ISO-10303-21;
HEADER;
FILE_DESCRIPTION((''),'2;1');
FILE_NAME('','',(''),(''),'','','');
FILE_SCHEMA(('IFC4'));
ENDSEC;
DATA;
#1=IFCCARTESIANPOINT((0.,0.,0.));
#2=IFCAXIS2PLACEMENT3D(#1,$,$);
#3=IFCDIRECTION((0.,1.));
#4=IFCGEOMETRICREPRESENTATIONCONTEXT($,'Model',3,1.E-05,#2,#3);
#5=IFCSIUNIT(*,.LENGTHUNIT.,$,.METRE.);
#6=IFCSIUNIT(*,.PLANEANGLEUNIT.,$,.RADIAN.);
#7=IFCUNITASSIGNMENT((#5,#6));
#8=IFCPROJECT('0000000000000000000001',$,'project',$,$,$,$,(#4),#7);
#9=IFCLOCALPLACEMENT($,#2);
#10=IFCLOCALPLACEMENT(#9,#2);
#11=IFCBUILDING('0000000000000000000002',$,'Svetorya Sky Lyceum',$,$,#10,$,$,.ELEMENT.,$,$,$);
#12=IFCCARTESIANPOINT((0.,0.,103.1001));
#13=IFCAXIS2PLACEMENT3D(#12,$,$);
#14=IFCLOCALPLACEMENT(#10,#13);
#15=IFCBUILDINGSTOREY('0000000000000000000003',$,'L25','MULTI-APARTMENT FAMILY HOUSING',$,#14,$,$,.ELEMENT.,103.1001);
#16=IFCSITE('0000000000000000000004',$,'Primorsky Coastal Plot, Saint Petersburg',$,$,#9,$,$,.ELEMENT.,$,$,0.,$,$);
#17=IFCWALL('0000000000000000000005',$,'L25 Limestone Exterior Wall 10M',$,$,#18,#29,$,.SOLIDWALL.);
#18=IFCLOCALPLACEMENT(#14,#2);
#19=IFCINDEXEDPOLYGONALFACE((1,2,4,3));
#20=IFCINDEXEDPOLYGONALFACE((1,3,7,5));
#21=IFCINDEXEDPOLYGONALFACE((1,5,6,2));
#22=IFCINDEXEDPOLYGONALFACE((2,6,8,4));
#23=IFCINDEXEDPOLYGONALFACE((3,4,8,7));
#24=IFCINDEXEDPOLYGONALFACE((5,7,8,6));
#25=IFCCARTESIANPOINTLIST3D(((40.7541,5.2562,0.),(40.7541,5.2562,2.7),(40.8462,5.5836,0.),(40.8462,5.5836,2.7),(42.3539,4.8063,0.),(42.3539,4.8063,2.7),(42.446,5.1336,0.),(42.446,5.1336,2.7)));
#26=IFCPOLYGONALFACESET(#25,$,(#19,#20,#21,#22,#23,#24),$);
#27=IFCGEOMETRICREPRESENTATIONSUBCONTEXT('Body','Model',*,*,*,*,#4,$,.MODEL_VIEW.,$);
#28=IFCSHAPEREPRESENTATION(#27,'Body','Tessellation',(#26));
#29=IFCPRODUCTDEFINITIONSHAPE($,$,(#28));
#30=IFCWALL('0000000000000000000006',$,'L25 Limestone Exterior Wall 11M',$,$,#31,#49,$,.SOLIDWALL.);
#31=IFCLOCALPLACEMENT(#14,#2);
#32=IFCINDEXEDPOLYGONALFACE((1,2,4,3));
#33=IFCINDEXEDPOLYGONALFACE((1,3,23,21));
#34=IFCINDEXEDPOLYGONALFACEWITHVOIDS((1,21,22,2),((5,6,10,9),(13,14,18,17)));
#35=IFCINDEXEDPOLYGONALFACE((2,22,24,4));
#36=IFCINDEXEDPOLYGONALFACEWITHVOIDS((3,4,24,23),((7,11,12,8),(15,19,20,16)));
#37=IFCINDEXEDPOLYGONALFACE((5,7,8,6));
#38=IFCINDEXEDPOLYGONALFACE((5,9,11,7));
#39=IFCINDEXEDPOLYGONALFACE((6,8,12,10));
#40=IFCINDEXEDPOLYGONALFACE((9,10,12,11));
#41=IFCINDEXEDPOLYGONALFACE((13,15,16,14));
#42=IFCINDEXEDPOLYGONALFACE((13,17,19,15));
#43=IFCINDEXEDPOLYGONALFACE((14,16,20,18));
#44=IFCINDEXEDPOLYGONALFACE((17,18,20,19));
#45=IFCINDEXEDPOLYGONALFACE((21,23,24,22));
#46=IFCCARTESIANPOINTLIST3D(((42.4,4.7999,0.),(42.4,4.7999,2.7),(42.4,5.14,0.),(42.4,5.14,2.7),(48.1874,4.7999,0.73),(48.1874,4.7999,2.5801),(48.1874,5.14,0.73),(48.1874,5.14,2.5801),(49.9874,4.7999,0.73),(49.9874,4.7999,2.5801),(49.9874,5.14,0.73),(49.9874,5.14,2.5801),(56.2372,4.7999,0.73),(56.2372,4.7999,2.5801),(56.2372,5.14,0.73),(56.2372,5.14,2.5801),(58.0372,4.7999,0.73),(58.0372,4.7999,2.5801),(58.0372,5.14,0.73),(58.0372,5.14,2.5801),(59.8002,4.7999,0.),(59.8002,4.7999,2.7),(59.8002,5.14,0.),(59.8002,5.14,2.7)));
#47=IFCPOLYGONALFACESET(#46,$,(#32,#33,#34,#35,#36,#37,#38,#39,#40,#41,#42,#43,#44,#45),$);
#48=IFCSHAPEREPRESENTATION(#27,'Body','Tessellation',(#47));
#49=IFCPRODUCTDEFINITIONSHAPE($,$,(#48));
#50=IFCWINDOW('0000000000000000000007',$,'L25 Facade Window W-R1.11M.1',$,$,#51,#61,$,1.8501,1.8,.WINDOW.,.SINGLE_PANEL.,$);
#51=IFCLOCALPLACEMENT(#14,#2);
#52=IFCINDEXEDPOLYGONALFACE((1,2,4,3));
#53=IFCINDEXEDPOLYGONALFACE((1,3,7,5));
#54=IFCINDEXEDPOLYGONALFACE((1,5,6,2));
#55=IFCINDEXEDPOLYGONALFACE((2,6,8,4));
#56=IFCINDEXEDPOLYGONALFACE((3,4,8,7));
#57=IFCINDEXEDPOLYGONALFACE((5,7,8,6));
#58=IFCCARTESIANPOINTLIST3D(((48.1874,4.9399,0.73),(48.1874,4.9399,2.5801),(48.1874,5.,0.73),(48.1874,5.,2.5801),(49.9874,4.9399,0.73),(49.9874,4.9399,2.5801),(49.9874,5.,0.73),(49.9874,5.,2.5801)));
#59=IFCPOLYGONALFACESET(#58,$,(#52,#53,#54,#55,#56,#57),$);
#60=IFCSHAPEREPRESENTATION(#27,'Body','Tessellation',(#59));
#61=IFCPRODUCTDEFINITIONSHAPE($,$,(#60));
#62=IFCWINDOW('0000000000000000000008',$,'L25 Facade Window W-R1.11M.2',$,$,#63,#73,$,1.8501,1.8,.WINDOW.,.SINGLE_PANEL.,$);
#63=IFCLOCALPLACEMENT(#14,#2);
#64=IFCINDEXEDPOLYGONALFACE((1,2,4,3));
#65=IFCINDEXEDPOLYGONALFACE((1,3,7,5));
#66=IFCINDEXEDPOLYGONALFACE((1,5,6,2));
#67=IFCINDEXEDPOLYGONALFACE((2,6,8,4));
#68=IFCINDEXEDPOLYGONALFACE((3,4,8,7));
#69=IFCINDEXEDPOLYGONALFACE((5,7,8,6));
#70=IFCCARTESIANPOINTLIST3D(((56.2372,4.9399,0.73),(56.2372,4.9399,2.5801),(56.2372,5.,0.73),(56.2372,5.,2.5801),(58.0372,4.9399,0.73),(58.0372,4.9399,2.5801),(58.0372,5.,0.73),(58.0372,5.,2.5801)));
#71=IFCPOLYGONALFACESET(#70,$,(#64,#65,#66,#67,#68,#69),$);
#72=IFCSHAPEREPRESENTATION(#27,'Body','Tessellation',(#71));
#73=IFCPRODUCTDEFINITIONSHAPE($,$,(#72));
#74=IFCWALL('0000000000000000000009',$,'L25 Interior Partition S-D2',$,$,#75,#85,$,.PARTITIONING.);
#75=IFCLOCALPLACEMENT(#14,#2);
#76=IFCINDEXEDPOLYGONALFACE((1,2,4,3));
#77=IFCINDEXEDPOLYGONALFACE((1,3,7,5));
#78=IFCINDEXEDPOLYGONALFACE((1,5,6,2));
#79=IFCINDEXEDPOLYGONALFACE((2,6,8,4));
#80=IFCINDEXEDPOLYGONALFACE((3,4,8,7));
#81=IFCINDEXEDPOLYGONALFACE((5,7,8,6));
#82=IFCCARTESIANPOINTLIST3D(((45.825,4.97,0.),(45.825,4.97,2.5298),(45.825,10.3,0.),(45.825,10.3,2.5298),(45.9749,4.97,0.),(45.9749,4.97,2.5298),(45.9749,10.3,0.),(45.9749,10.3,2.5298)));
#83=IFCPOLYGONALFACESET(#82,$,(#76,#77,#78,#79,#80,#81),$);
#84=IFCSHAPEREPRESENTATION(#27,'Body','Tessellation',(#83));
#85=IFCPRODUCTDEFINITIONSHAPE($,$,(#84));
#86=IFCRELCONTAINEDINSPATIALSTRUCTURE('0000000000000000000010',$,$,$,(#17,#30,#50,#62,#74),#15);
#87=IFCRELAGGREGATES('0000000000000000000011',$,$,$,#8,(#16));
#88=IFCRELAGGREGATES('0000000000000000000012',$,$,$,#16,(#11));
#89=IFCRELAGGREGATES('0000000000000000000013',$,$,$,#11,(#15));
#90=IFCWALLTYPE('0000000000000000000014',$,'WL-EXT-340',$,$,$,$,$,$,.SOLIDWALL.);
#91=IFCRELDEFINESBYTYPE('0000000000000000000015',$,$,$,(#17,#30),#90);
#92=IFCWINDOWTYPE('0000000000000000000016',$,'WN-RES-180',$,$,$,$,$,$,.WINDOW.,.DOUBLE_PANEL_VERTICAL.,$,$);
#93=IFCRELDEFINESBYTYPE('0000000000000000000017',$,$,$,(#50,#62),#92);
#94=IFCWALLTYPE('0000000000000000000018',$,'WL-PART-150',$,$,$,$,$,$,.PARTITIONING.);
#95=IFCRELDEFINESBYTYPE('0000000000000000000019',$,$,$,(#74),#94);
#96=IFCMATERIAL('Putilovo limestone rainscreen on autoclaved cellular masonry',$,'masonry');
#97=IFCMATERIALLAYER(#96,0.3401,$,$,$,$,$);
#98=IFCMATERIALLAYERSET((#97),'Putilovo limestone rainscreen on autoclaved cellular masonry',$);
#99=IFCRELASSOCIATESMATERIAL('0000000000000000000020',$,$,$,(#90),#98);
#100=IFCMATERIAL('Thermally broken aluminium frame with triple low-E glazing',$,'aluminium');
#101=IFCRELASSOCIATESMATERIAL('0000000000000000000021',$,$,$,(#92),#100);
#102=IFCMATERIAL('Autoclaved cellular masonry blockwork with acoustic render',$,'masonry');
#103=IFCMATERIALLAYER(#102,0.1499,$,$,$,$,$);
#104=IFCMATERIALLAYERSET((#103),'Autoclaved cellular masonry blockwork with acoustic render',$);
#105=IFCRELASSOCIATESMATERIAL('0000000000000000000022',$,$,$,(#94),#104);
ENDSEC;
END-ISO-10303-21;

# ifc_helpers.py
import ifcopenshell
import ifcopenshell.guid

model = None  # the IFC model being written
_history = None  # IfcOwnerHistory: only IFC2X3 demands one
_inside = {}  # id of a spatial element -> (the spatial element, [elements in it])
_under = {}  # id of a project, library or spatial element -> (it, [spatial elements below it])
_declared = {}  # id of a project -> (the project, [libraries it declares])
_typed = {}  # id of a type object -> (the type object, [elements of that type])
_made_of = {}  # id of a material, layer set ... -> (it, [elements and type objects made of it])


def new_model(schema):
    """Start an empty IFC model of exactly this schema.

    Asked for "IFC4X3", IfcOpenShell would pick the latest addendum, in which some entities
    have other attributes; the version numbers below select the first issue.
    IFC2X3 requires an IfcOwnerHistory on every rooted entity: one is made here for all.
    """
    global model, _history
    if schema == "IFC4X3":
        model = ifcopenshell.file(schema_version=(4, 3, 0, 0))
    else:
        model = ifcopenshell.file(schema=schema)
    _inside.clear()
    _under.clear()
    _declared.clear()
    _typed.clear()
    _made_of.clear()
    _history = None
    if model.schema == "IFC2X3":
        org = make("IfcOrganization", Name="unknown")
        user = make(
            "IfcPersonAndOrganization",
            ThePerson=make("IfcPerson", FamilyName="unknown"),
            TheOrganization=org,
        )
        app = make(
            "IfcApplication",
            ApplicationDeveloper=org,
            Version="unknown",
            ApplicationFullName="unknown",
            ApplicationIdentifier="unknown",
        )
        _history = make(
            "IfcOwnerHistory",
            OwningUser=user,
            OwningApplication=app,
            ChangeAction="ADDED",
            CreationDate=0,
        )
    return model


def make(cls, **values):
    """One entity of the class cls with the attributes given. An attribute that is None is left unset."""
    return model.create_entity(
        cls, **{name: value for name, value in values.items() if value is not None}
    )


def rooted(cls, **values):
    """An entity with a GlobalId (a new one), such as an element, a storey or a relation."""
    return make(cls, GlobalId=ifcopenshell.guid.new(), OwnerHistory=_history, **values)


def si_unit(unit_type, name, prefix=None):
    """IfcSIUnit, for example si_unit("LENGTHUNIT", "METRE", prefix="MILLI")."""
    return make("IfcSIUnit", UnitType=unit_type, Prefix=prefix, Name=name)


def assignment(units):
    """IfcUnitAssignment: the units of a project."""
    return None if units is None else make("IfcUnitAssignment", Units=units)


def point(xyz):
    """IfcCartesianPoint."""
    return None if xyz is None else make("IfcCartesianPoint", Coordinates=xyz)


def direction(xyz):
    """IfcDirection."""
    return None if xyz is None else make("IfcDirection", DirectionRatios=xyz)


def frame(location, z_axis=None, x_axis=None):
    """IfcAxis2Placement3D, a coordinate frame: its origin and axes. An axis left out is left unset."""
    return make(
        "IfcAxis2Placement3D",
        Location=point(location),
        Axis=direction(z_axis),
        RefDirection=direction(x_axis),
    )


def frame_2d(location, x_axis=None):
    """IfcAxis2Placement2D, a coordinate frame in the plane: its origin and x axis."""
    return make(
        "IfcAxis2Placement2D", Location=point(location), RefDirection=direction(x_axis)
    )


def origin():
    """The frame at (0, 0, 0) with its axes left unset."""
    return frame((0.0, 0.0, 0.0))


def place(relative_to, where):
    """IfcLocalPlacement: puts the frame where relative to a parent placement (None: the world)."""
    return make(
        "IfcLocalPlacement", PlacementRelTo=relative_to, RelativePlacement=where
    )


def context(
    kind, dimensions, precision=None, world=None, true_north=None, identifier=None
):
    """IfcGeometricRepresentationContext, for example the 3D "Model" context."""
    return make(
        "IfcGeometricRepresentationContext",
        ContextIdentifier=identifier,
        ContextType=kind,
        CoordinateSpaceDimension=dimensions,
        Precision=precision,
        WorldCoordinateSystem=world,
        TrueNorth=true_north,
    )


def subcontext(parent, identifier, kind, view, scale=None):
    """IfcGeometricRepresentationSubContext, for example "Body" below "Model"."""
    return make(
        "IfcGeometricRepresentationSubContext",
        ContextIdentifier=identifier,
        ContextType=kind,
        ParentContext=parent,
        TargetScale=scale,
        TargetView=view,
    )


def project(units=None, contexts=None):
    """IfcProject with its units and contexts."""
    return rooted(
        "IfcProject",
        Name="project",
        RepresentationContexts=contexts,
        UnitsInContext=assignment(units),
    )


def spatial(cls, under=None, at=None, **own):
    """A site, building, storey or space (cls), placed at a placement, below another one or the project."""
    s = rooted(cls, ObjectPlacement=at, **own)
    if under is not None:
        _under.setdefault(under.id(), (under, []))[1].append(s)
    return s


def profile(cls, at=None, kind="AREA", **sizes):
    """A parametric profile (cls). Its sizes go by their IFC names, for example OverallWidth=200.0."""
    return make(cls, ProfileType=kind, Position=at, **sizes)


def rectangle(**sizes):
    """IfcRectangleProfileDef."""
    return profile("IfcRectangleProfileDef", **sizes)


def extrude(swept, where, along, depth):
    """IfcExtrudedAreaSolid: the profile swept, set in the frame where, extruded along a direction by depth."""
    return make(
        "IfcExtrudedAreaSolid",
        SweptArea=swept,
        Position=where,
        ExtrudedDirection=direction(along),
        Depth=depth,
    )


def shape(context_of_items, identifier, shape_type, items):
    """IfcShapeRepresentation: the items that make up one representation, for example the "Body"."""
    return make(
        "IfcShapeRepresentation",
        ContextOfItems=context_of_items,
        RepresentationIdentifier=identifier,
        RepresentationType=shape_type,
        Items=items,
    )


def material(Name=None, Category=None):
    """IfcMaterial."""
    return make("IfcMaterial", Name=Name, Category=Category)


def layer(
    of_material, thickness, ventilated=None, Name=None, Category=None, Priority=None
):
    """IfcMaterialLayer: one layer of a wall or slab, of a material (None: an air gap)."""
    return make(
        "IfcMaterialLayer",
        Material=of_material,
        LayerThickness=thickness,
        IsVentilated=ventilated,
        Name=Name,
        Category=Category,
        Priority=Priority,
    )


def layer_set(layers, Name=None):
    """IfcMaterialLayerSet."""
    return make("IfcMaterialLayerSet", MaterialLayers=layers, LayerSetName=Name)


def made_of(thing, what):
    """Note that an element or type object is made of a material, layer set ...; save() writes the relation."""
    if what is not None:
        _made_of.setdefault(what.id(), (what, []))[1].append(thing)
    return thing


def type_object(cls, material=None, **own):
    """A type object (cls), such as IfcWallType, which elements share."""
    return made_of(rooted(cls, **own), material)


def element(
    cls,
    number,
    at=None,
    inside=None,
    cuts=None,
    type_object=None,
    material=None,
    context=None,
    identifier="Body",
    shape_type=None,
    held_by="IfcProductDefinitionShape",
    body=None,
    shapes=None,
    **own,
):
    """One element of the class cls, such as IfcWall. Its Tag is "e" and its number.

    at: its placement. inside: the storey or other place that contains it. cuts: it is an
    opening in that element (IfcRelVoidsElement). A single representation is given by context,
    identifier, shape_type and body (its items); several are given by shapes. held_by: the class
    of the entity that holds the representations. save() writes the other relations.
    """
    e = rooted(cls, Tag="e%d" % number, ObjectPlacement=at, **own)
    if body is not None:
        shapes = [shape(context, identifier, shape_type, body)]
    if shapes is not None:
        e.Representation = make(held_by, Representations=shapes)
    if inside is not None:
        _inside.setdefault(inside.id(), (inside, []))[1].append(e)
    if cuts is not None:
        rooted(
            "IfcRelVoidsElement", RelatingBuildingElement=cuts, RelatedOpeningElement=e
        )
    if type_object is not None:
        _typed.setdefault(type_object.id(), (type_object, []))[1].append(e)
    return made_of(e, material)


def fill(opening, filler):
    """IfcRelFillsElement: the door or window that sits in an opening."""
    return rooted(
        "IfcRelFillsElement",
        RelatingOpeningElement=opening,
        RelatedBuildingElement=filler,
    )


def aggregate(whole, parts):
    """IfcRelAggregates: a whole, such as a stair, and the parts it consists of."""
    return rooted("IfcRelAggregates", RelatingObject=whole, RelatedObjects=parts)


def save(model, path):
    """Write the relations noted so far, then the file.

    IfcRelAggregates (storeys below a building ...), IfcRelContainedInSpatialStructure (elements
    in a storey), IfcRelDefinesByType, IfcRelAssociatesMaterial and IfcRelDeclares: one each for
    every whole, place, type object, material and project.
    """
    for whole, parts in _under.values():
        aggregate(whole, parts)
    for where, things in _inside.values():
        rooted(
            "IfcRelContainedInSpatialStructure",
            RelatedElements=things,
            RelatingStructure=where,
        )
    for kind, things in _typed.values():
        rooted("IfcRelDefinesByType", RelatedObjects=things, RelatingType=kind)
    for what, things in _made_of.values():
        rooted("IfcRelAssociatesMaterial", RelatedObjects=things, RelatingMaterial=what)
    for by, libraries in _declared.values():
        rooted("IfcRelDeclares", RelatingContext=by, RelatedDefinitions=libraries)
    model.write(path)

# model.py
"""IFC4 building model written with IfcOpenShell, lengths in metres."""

from ifc_helpers import new_model, si_unit, direction, frame, frame_2d, origin, place, context, subcontext, project, spatial, rectangle, extrude, material, layer, layer_set, type_object, element, fill, save


model = new_model("IFC4")

# Units and contexts
model_context = context("Model", 3, precision=1e-05, world=origin(), true_north=direction((0.0, 1.0)))
body_context = subcontext(model_context, "Body", "Model", "MODEL_VIEW")
ifc_project = project(units=[si_unit("LENGTHUNIT", "METRE"), si_unit("PLANEANGLEUNIT", "RADIAN")], contexts=[model_context])

# Site, building, storey
site_placement = place(None, origin())
site = spatial("IfcSite", under=ifc_project, at=site_placement, Name="Primorsky Coastal Plot, Saint Petersburg", CompositionType="ELEMENT", RefElevation=0.0)
building_placement = place(site_placement, origin())
building = spatial("IfcBuilding", under=site, at=building_placement, Name="Svetorya Sky Lyceum", CompositionType="ELEMENT")
storey_placement = place(building_placement, frame((0.0, 0.0, 103.1001)))
storey = spatial("IfcBuildingStorey", under=building, at=storey_placement, Name="L25", Description="MULTI-APARTMENT FAMILY HOUSING", CompositionType="ELEMENT", Elevation=103.1001)

# Wall
ifc_material_1 = material(Name="Putilovo limestone rainscreen on autoclaved cellular masonry", Category="masonry")
ifc_layer_1 = layer(ifc_material_1, 0.3401)
ifc_layer_set_1 = layer_set([ifc_layer_1], Name="Putilovo limestone rainscreen on autoclaved cellular masonry")
wall_type_1 = type_object("IfcWallType", Name="WL-EXT-340", PredefinedType="SOLIDWALL", material=ifc_layer_set_1)
wall_1_placement = place(storey_placement, frame((40.8, 5.4199, 0.0), z_axis=(0.0, 0.0, 1.0), x_axis=(0.962652, -0.270741, 0.0)))
element("IfcWall", 1, at=wall_1_placement, inside=storey, type_object=wall_type_1, Name="L25 Limestone Exterior Wall 10M", PredefinedType="SOLIDWALL", context=body_context, shape_type="SweptSolid", body=[
    extrude(rectangle(XDim=1.6619, YDim=0.3401, at=frame_2d((0.8311, 0.0))), origin(), (0.0, 0.0, 1.0), 2.7),
])

# Wall, openings, windows
wall_2_placement = place(storey_placement, frame((42.3999, 4.97, 0.0), z_axis=(0.0, 0.0, 1.0), x_axis=(1.0, 0.0, 0.0)))
wall_2 = element("IfcWall", 2, at=wall_2_placement, inside=storey, type_object=wall_type_1, Name="L25 Limestone Exterior Wall 11M", PredefinedType="SOLIDWALL", context=body_context, shape_type="SweptSolid", body=[
    extrude(rectangle(XDim=17.4001, YDim=0.3401, at=frame_2d((8.7002, 0.0))), origin(), (0.0, 0.0, 1.0), 2.7),
])
opening_1_placement = place(wall_2_placement, frame((5.7876, 0.0, 0.73)))
opening_1 = element("IfcOpeningElement", 3, at=opening_1_placement, cuts=wall_2, PredefinedType="OPENING", context=body_context, shape_type="SweptSolid", body=[
    extrude(rectangle(XDim=1.8, YDim=1.8501, at=frame_2d((0.8999, 0.925))), frame((0.0, 0.1799, 0.0), z_axis=(0.0, -1.0, 0.0), x_axis=(1.0, 0.0, 0.0)), (0.0, 0.0, 1.0), 0.3601),
])
opening_2_placement = place(wall_2_placement, frame((13.8374, 0.0, 0.73)))
opening_2 = element("IfcOpeningElement", 4, at=opening_2_placement, cuts=wall_2, PredefinedType="OPENING", context=body_context, shape_type="SweptSolid", body=[
    extrude(rectangle(XDim=1.8, YDim=1.8501, at=frame_2d((0.8999, 0.925))), frame((0.0, 0.1799, 0.0), z_axis=(0.0, -1.0, 0.0), x_axis=(1.0, 0.0, 0.0)), (0.0, 0.0, 1.0), 0.3601),
])
ifc_material_2 = material(Name="Thermally broken aluminium frame with triple low-E glazing", Category="aluminium")
window_type = type_object("IfcWindowType", Name="WN-RES-180", PartitioningType="DOUBLE_PANEL_VERTICAL", PredefinedType="WINDOW", material=ifc_material_2)
window_1_placement = place(opening_1_placement, origin())
window_1 = element("IfcWindow", 5, at=window_1_placement, inside=storey, type_object=window_type, Name="L25 Facade Window W-R1.11M.1", OverallHeight=1.8501, OverallWidth=1.8, PartitioningType="SINGLE_PANEL", PredefinedType="WINDOW", context=body_context, shape_type="SweptSolid", body=[
    extrude(rectangle(XDim=1.8, YDim=1.8501, at=frame_2d((0.8999, 0.925))), frame((0.0, 0.03, 0.0), z_axis=(0.0, -1.0, 0.0), x_axis=(1.0, 0.0, 0.0)), (0.0, 0.0, 1.0), 0.0601),
])
fill(opening_1, window_1)
window_2_placement = place(opening_2_placement, origin())
window_2 = element("IfcWindow", 6, at=window_2_placement, inside=storey, type_object=window_type, Name="L25 Facade Window W-R1.11M.2", OverallHeight=1.8501, OverallWidth=1.8, PartitioningType="SINGLE_PANEL", PredefinedType="WINDOW", context=body_context, shape_type="SweptSolid", body=[
    extrude(rectangle(XDim=1.8, YDim=1.8501, at=frame_2d((0.8999, 0.925))), frame((0.0, 0.03, 0.0), z_axis=(0.0, -1.0, 0.0), x_axis=(1.0, 0.0, 0.0)), (0.0, 0.0, 1.0), 0.0601),
])
fill(opening_2, window_2)

# Wall
ifc_material_3 = material(Name="Autoclaved cellular masonry blockwork with acoustic render", Category="masonry")
ifc_layer_2 = layer(ifc_material_3, 0.1499)
ifc_layer_set_2 = layer_set([ifc_layer_2], Name="Autoclaved cellular masonry blockwork with acoustic render")
wall_type_2 = type_object("IfcWallType", Name="WL-PART-150", PredefinedType="PARTITIONING", material=ifc_layer_set_2)
wall_3_placement = place(storey_placement, frame((45.8999, 4.97, 0.0), z_axis=(0.0, 0.0, 1.0), x_axis=(0.0, 1.0, 0.0)))
element("IfcWall", 7, at=wall_3_placement, inside=storey, type_object=wall_type_2, Name="L25 Interior Partition S-D2", PredefinedType="PARTITIONING", context=body_context, shape_type="SweptSolid", body=[
    extrude(rectangle(XDim=5.3301, YDim=0.1499, at=frame_2d((2.665, 0.0))), origin(), (0.0, 0.0, 1.0), 2.5298),
])

save(model, "model.ifc")
